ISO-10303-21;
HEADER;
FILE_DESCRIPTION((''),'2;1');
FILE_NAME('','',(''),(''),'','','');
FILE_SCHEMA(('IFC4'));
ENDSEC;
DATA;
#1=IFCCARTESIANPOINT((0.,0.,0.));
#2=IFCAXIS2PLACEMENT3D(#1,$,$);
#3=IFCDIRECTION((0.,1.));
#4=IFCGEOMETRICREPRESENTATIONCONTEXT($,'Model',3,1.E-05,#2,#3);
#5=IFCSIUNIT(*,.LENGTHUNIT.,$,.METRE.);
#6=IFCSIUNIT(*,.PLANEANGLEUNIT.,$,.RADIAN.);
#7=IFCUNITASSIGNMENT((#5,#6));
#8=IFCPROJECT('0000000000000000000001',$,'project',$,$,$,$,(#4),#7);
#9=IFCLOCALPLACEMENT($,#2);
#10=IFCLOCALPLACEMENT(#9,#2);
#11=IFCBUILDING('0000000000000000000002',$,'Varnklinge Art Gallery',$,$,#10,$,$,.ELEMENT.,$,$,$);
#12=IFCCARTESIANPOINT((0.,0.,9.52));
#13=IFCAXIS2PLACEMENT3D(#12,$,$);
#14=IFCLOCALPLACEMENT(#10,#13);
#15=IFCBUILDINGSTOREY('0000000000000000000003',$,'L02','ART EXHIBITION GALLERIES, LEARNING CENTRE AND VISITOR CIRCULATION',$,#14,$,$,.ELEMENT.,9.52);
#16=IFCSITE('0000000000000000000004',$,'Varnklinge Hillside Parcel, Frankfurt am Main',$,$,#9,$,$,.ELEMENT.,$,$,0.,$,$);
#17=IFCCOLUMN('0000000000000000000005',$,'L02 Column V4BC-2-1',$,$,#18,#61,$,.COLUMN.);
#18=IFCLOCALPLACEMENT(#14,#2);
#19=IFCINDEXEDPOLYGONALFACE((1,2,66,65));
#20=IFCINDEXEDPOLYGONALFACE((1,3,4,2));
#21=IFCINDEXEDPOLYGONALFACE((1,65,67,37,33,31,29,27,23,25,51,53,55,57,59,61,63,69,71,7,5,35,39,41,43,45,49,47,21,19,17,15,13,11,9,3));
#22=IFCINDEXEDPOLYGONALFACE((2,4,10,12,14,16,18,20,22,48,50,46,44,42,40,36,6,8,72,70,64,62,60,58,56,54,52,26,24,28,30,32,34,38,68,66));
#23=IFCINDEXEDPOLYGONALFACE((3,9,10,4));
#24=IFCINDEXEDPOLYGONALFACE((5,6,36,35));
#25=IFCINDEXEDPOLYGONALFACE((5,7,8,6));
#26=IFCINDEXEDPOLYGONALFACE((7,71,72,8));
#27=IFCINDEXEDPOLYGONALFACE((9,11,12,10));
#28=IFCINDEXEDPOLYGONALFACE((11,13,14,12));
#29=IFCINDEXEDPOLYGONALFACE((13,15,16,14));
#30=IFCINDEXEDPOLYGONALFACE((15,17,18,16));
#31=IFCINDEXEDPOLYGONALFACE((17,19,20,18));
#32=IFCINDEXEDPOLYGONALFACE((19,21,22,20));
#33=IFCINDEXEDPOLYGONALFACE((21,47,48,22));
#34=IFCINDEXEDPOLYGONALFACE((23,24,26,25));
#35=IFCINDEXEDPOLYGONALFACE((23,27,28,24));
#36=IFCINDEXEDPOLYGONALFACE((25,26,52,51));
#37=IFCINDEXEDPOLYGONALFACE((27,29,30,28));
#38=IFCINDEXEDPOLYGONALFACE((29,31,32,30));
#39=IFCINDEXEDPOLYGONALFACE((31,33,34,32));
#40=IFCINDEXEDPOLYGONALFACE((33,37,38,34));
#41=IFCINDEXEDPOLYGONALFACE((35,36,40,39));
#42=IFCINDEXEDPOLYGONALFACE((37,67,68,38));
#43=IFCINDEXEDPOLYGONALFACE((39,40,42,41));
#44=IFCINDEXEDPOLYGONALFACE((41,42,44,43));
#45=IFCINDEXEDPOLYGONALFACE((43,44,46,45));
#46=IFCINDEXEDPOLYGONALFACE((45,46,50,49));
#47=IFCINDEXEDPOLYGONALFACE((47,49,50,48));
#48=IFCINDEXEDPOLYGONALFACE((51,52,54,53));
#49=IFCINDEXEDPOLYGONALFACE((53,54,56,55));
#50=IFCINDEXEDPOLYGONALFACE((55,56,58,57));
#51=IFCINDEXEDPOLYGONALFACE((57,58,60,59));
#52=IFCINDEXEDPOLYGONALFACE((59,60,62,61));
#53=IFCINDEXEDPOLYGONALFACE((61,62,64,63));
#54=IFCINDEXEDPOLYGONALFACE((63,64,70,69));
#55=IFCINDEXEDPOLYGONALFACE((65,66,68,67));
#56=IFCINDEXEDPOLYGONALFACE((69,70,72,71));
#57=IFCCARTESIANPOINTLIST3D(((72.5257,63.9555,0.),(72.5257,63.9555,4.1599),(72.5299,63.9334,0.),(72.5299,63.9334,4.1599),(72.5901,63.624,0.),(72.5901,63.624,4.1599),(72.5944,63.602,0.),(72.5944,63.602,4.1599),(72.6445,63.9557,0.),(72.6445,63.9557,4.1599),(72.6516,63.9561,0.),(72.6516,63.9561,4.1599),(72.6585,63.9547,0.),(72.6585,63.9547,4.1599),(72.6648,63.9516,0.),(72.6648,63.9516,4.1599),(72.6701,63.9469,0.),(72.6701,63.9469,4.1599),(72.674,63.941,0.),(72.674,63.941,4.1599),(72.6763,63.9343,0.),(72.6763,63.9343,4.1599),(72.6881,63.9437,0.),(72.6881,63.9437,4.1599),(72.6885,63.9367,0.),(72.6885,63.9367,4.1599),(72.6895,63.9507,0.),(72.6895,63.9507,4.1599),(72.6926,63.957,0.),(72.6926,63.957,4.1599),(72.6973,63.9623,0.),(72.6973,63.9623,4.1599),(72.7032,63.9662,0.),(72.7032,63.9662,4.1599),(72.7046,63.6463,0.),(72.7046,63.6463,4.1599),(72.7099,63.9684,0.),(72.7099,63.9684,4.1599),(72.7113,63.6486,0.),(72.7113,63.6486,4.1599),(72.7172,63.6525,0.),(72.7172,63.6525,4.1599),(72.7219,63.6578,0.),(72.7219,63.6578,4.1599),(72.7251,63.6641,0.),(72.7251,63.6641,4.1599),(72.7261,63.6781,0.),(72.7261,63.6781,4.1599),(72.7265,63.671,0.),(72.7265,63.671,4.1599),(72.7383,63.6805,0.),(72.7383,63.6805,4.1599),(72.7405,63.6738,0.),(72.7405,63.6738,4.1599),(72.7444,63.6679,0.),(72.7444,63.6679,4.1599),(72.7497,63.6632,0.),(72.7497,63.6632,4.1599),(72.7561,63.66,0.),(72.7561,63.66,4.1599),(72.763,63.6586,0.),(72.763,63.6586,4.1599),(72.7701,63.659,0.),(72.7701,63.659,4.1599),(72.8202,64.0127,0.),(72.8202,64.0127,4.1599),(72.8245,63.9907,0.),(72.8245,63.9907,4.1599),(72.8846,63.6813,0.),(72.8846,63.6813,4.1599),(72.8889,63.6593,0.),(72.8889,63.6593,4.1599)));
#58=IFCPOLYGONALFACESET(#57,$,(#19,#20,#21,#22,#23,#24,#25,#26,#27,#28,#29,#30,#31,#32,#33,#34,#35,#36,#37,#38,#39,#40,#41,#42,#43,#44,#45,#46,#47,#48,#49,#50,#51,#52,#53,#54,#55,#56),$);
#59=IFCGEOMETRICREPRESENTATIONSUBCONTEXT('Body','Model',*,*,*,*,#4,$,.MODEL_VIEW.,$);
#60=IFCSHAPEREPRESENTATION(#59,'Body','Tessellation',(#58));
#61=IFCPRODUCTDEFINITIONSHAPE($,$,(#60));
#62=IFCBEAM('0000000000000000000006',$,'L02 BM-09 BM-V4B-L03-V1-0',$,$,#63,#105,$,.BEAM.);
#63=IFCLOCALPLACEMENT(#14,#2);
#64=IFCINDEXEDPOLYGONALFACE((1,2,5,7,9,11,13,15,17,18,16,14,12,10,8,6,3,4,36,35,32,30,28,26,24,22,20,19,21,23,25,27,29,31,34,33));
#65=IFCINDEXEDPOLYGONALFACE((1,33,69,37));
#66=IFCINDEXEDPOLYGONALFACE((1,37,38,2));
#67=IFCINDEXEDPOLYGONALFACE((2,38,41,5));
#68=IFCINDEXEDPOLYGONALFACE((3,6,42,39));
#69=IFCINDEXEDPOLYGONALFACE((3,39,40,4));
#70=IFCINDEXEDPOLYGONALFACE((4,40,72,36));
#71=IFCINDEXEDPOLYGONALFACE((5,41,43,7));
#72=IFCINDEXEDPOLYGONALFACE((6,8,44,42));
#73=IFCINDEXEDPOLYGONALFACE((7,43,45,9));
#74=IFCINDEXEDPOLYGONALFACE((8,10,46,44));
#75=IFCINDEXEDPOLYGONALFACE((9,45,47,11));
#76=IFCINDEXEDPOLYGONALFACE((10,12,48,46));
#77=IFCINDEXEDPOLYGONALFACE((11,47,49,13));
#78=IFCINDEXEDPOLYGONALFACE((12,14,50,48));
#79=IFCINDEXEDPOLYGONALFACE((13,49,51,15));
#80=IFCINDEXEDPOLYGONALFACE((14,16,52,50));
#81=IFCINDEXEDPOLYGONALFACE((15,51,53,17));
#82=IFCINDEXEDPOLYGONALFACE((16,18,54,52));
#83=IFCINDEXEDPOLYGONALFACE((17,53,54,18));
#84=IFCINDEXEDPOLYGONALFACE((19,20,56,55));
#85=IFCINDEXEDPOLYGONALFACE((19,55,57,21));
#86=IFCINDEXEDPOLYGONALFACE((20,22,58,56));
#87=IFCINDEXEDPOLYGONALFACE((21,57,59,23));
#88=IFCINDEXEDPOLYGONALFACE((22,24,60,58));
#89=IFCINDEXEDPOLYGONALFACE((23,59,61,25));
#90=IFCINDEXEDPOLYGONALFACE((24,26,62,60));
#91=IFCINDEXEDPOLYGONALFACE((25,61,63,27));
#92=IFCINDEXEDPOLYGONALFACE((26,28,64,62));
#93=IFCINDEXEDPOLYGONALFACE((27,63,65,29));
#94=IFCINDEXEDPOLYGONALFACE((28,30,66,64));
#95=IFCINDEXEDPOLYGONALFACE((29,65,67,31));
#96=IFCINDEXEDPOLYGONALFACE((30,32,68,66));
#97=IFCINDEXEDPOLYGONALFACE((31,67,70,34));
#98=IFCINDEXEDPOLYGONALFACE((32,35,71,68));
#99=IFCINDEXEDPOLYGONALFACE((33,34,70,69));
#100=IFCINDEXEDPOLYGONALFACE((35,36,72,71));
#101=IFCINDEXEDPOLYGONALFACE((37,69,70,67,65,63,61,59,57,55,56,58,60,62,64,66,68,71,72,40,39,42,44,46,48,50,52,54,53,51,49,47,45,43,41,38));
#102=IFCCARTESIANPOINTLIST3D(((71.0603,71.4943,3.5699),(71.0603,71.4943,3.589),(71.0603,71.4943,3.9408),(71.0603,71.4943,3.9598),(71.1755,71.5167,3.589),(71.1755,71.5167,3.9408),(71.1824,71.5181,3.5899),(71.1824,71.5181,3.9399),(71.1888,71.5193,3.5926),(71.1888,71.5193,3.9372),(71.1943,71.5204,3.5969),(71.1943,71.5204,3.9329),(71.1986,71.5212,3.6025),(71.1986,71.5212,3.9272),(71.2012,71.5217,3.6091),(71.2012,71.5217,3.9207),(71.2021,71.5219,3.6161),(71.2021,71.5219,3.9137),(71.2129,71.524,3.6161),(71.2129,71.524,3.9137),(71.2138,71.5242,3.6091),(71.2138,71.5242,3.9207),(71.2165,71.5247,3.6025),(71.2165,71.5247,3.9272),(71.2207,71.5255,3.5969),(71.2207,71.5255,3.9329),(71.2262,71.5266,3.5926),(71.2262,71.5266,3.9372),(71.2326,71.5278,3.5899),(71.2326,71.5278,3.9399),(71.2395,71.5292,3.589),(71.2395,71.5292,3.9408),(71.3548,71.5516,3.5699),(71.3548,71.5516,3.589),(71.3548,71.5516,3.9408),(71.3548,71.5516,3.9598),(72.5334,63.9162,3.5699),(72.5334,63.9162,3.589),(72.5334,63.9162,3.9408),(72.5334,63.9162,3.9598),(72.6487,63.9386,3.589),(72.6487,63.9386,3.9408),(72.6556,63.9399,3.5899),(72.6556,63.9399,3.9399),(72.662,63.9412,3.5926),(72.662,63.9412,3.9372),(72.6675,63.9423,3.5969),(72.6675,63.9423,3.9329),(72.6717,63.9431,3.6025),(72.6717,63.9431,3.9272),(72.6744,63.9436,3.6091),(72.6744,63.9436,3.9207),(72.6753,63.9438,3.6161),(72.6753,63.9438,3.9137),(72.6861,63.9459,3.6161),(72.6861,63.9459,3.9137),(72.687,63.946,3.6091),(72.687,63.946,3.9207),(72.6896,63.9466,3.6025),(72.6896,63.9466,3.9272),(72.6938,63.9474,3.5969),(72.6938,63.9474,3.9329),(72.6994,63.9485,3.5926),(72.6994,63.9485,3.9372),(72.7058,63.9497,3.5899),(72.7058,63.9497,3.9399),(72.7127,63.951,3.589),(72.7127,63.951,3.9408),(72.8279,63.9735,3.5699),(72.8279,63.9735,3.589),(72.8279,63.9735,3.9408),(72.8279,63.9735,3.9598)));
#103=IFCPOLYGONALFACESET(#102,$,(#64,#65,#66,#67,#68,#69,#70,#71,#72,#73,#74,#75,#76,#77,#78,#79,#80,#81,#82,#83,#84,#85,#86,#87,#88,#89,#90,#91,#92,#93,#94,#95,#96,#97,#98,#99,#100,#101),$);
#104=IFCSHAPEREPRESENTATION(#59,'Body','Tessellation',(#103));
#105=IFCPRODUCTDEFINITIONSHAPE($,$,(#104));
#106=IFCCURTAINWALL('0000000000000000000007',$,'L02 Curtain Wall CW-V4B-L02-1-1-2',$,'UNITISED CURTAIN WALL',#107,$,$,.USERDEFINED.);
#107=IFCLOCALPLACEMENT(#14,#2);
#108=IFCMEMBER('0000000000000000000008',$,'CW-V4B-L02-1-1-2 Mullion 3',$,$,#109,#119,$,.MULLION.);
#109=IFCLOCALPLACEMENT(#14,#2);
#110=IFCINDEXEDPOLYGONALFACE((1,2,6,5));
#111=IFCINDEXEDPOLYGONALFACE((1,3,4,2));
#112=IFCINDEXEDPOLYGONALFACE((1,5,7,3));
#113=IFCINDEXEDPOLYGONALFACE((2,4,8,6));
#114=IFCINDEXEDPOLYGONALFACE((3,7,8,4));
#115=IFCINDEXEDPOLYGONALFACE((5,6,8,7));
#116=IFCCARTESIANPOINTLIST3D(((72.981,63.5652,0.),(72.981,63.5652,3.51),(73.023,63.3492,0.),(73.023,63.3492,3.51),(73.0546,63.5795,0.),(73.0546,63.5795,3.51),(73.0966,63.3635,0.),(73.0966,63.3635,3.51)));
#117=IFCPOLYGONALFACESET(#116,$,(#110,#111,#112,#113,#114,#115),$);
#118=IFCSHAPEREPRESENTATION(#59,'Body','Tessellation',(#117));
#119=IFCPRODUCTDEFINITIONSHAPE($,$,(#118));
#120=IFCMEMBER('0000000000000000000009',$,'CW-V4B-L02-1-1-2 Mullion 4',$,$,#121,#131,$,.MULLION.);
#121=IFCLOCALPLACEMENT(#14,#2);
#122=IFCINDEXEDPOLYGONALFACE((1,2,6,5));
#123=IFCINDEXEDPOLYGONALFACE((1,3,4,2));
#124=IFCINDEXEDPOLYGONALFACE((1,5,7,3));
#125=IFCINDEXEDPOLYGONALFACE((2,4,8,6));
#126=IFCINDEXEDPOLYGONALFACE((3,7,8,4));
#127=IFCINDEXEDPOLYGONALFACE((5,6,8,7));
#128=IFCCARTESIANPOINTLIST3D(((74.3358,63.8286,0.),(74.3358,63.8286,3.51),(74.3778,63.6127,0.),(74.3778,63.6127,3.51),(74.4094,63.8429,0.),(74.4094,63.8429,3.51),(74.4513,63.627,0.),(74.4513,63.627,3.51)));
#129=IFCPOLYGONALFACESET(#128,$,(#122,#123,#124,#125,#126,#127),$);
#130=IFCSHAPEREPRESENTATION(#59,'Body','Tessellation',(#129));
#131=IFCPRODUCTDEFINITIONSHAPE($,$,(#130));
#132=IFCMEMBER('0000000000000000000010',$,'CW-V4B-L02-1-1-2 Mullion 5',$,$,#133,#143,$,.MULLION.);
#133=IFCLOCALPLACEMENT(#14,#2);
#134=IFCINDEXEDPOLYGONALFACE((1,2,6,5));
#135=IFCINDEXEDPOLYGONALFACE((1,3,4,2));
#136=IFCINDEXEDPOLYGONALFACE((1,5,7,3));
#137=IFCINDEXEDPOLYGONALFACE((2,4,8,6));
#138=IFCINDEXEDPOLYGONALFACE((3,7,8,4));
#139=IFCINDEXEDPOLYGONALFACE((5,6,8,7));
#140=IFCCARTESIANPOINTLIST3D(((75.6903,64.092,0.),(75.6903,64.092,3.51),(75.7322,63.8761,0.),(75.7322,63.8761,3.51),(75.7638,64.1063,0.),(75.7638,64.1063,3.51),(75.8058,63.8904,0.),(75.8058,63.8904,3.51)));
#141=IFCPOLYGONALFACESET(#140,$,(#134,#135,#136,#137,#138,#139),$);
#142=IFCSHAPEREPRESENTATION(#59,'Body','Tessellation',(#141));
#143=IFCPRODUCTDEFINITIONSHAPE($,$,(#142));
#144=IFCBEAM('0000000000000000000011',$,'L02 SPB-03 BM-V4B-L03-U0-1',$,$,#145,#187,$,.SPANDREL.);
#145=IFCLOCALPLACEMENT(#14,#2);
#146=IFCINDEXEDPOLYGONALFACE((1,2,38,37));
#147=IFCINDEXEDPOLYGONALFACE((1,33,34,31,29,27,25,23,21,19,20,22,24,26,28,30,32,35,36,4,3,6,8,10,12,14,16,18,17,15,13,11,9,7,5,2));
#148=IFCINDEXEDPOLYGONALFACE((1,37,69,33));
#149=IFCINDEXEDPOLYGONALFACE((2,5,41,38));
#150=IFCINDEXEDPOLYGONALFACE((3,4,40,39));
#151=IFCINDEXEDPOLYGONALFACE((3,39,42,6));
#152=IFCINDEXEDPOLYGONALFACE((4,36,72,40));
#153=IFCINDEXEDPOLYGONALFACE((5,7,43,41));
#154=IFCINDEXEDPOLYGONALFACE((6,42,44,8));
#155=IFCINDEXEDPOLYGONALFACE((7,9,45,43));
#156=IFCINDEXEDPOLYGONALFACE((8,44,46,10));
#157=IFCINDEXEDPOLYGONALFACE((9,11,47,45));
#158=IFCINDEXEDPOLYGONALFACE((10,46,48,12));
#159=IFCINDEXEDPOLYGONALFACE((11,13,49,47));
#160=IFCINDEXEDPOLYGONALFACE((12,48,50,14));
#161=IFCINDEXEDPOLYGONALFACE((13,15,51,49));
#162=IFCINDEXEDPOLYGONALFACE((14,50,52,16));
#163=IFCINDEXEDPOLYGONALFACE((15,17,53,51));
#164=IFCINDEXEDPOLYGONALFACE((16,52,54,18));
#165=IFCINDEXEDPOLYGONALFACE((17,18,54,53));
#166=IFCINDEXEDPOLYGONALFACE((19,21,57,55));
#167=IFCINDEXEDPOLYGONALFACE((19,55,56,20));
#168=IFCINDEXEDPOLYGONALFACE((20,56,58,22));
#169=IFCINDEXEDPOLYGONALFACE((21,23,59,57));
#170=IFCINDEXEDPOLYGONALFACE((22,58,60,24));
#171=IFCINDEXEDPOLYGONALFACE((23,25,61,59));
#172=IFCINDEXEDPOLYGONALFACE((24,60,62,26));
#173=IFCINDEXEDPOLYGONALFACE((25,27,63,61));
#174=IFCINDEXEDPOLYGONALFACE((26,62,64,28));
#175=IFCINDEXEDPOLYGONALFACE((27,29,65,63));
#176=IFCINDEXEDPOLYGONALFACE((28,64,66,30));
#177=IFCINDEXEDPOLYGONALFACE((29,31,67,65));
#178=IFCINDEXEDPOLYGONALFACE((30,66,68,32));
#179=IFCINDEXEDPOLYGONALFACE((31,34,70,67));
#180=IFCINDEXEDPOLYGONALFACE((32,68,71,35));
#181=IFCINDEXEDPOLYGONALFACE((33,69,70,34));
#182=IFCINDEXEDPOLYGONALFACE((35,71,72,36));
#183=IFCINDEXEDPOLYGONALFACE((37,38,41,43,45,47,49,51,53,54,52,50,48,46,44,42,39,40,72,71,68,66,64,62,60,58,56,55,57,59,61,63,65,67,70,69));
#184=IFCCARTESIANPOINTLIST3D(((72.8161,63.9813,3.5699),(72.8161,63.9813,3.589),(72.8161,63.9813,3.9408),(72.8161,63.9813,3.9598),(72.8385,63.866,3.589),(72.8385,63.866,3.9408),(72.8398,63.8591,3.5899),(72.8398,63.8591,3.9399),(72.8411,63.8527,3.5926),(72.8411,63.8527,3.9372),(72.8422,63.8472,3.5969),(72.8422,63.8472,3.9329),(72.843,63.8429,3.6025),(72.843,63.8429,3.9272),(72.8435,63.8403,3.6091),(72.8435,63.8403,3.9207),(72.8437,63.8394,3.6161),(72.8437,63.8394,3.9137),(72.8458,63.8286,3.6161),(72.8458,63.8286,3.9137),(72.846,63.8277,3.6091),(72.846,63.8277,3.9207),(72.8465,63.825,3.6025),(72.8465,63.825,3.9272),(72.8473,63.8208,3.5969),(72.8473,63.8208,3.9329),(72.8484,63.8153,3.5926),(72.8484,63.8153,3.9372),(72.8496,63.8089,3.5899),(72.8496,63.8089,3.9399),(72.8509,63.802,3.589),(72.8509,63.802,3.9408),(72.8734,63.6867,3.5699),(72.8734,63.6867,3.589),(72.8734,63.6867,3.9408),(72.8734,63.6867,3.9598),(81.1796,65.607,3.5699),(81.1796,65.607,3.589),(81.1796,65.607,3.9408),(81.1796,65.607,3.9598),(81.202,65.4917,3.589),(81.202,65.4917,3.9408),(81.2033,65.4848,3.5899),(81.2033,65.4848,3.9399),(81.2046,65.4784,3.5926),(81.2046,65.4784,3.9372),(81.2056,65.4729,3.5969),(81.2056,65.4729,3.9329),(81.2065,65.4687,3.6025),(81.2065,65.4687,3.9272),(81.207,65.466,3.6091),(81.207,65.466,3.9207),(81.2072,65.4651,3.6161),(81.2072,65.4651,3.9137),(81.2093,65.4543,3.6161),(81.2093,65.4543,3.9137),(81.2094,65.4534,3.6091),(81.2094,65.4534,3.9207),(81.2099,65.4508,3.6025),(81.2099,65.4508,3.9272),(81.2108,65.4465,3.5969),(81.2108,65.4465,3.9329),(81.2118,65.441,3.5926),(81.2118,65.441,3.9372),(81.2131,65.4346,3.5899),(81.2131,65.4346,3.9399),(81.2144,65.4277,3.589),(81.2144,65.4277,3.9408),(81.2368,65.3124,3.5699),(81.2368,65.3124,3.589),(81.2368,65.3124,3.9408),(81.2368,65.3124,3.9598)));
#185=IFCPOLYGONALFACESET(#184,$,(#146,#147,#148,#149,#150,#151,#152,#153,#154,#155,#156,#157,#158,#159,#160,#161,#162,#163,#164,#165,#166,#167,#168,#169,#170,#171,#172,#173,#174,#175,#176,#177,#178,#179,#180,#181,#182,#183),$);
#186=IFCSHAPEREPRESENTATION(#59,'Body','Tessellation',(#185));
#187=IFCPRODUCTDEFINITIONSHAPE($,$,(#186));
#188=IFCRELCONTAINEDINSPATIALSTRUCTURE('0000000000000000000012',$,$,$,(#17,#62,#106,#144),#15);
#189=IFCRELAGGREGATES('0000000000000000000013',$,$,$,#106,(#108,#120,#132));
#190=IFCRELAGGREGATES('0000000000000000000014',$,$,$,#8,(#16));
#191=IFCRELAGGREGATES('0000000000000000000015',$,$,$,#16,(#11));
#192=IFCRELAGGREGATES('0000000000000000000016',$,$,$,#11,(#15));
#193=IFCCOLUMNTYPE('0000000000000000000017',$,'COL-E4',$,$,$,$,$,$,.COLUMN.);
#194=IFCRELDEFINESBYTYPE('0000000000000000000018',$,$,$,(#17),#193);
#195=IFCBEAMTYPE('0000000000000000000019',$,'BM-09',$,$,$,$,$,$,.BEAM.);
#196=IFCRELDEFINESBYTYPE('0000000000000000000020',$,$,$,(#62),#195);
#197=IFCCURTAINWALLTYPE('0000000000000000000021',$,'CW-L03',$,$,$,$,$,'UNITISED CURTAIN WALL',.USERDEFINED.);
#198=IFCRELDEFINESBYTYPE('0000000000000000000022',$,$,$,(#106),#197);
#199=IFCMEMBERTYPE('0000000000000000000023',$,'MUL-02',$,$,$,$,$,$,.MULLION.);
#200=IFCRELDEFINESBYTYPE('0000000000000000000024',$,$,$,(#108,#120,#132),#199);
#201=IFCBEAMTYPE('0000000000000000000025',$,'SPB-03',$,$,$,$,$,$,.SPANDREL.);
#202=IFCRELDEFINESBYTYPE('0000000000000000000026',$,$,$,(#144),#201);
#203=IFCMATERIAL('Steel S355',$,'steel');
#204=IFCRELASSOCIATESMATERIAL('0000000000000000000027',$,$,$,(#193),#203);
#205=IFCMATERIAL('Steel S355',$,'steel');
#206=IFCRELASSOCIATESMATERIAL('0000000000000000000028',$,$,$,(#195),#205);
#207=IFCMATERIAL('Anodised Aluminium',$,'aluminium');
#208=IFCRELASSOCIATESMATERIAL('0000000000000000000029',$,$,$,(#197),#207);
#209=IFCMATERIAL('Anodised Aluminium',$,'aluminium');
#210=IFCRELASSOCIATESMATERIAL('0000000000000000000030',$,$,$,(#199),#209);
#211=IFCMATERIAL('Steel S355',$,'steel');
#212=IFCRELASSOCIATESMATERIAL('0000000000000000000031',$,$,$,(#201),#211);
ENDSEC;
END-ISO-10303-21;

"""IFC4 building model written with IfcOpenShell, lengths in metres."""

from ifc_helpers import new_model, si_unit, direction, frame, origin, origin_2d, place, context, subcontext, project, spatial, rectangle, i_section, extrude, material, material_profile, profile_set, type_object, element, aggregate, save


model = new_model("IFC4")

# Units and contexts
model_context = context("Model", 3, precision=1e-05, world=origin(), true_north=direction((0.0, 1.0)))
body_context = subcontext(model_context, "Body", "Model", "MODEL_VIEW")
ifc_project = project(units=[si_unit("LENGTHUNIT", "METRE"), si_unit("PLANEANGLEUNIT", "RADIAN")], contexts=[model_context])

# Site, building, storey
site_placement = place(None, origin())
site = spatial("IfcSite", under=ifc_project, at=site_placement, Name="Varnklinge Hillside Parcel, Frankfurt am Main", CompositionType="ELEMENT", RefElevation=0.0)
building_placement = place(site_placement, origin())
building = spatial("IfcBuilding", under=site, at=building_placement, Name="Varnklinge Art Gallery", CompositionType="ELEMENT")
storey_placement = place(building_placement, frame((0.0, 0.0, 9.52)))
storey = spatial("IfcBuildingStorey", under=building, at=storey_placement, Name="L02", Description="ART EXHIBITION GALLERIES, LEARNING CENTRE AND VISITOR CIRCULATION", CompositionType="ELEMENT", Elevation=9.52)

# Column
ifc_material_1 = material(Name="Steel S355", Category="steel")
ifc_material_profile_1 = material_profile(ifc_material_1, i_section(OverallWidth=0.3, OverallDepth=0.3601, WebThickness=0.0125, FlangeThickness=0.0225, FilletRadius=0.0271, at=origin_2d()), Name="HEB 360")
ifc_profile_set_1 = profile_set([ifc_material_profile_1], Name="Steel S355")
column_type = type_object("IfcColumnType", Name="COL-E4", PredefinedType="COLUMN", material=ifc_profile_set_1)
column_placement = place(storey_placement, frame((72.7073, 63.8074, 0.0), z_axis=(0.0, 0.0, 1.0), x_axis=(0.981627, 0.190809, 0.0)))
element("IfcColumn", 1, at=column_placement, inside=storey, type_object=column_type, Name="L02 Column V4BC-2-1", PredefinedType="COLUMN", context=body_context, shape_type="SweptSolid", body=[
    extrude(i_section(OverallWidth=0.3, OverallDepth=0.3601, WebThickness=0.0125, FlangeThickness=0.0225, FilletRadius=0.0271, at=origin_2d()), origin(), (0.0, 0.0, 1.0), 4.1599),
])

# Beam
ifc_material_2 = material(Name="Steel S355", Category="steel")
ifc_material_profile_2 = material_profile(ifc_material_2, i_section(OverallWidth=0.3, OverallDepth=0.3899, WebThickness=0.011, FlangeThickness=0.019, FilletRadius=0.0271, at=origin_2d()), Name="HEA 400")
ifc_profile_set_2 = profile_set([ifc_material_profile_2], Name="Steel S355")
beam_type_1 = type_object("IfcBeamType", Name="BM-09", PredefinedType="BEAM", material=ifc_profile_set_2)
beam_1_placement = place(storey_placement, frame((72.6807, 63.9448, 3.7649), z_axis=(-0.190822, 0.981625, 0.0), x_axis=(-0.981625, -0.190822, 0.0)))
element("IfcBeam", 2, at=beam_1_placement, inside=storey, type_object=beam_type_1, Name="L02 BM-09 BM-V4B-L03-V1-0", PredefinedType="BEAM", context=body_context, shape_type="SweptSolid", body=[
    extrude(i_section(OverallWidth=0.3, OverallDepth=0.3899, WebThickness=0.011, FlangeThickness=0.019, FilletRadius=0.0271, at=origin_2d()), origin(), (0.0, 0.0, 1.0), 7.72),
])

# Curtain wall, members
ifc_material_3 = material(Name="Anodised Aluminium", Category="aluminium")
curtain_wall_type = type_object("IfcCurtainWallType", Name="CW-L03", ElementType="UNITISED CURTAIN WALL", PredefinedType="USERDEFINED", material=ifc_material_3)
curtain_wall_placement = place(storey_placement, origin())
curtain_wall = element("IfcCurtainWall", 3, at=curtain_wall_placement, inside=storey, type_object=curtain_wall_type, Name="L02 Curtain Wall CW-V4B-L02-1-1-2", ObjectType="UNITISED CURTAIN WALL", PredefinedType="USERDEFINED")
ifc_material_4 = material(Name="Anodised Aluminium", Category="aluminium")
ifc_material_profile_3 = material_profile(ifc_material_4, rectangle(XDim=0.075, YDim=0.22, at=origin_2d()), Name="ALU 75x220")
ifc_profile_set_3 = profile_set([ifc_material_profile_3], Name="Anodised Aluminium")
member_type = type_object("IfcMemberType", Name="MUL-02", PredefinedType="MULLION", material=ifc_profile_set_3)
member_1_placement = place(storey_placement, frame((73.0388, 63.4644, 0.0), z_axis=(0.0, 0.0, 1.0), x_axis=(0.981627, 0.190809, 0.0)))
member_1 = element("IfcMember", 4, at=member_1_placement, type_object=member_type, Name="CW-V4B-L02-1-1-2 Mullion 3", PredefinedType="MULLION", context=body_context, shape_type="SweptSolid", body=[
    extrude(rectangle(XDim=0.075, YDim=0.22, at=origin_2d()), origin(), (0.0, 0.0, 1.0), 3.51),
])
member_2_placement = place(storey_placement, frame((74.3936, 63.7278, 0.0), z_axis=(0.0, 0.0, 1.0), x_axis=(0.981627, 0.190809, 0.0)))
member_2 = element("IfcMember", 5, at=member_2_placement, type_object=member_type, Name="CW-V4B-L02-1-1-2 Mullion 4", PredefinedType="MULLION", context=body_context, shape_type="SweptSolid", body=[
    extrude(rectangle(XDim=0.075, YDim=0.22, at=origin_2d()), origin(), (0.0, 0.0, 1.0), 3.51),
])
member_3_placement = place(storey_placement, frame((75.748, 63.9912, 0.0), z_axis=(0.0, 0.0, 1.0), x_axis=(0.981627, 0.190809, 0.0)))
member_3 = element("IfcMember", 6, at=member_3_placement, type_object=member_type, Name="CW-V4B-L02-1-1-2 Mullion 5", PredefinedType="MULLION", context=body_context, shape_type="SweptSolid", body=[
    extrude(rectangle(XDim=0.075, YDim=0.22, at=origin_2d()), origin(), (0.0, 0.0, 1.0), 3.51),
])

# Beam
ifc_material_5 = material(Name="Steel S355", Category="steel")
ifc_material_profile_4 = material_profile(ifc_material_5, i_section(OverallWidth=0.3, OverallDepth=0.3899, WebThickness=0.011, FlangeThickness=0.019, FilletRadius=0.0271, at=origin_2d()), Name="HEA 400")
ifc_profile_set_4 = profile_set([ifc_material_profile_4], Name="Steel S355")
beam_type_2 = type_object("IfcBeamType", Name="SPB-03", PredefinedType="SPANDREL", material=ifc_profile_set_4)
beam_2_placement = place(storey_placement, frame((72.8447, 63.834, 3.7649), z_axis=(0.981627, 0.190812, 0.0), x_axis=(-0.190812, 0.981627, 0.0)))
element("IfcBeam", 7, at=beam_2_placement, inside=storey, type_object=beam_type_2, Name="L02 SPB-03 BM-V4B-L03-U0-1", PredefinedType="SPANDREL", context=body_context, shape_type="SweptSolid", body=[
    extrude(i_section(OverallWidth=0.3, OverallDepth=0.3899, WebThickness=0.011, FlangeThickness=0.019, FilletRadius=0.0271, at=origin_2d()), origin(), (0.0, 0.0, 1.0), 8.52),
])

aggregate(curtain_wall, [member_1, member_2, member_3])

save(model, "model.ifc")
